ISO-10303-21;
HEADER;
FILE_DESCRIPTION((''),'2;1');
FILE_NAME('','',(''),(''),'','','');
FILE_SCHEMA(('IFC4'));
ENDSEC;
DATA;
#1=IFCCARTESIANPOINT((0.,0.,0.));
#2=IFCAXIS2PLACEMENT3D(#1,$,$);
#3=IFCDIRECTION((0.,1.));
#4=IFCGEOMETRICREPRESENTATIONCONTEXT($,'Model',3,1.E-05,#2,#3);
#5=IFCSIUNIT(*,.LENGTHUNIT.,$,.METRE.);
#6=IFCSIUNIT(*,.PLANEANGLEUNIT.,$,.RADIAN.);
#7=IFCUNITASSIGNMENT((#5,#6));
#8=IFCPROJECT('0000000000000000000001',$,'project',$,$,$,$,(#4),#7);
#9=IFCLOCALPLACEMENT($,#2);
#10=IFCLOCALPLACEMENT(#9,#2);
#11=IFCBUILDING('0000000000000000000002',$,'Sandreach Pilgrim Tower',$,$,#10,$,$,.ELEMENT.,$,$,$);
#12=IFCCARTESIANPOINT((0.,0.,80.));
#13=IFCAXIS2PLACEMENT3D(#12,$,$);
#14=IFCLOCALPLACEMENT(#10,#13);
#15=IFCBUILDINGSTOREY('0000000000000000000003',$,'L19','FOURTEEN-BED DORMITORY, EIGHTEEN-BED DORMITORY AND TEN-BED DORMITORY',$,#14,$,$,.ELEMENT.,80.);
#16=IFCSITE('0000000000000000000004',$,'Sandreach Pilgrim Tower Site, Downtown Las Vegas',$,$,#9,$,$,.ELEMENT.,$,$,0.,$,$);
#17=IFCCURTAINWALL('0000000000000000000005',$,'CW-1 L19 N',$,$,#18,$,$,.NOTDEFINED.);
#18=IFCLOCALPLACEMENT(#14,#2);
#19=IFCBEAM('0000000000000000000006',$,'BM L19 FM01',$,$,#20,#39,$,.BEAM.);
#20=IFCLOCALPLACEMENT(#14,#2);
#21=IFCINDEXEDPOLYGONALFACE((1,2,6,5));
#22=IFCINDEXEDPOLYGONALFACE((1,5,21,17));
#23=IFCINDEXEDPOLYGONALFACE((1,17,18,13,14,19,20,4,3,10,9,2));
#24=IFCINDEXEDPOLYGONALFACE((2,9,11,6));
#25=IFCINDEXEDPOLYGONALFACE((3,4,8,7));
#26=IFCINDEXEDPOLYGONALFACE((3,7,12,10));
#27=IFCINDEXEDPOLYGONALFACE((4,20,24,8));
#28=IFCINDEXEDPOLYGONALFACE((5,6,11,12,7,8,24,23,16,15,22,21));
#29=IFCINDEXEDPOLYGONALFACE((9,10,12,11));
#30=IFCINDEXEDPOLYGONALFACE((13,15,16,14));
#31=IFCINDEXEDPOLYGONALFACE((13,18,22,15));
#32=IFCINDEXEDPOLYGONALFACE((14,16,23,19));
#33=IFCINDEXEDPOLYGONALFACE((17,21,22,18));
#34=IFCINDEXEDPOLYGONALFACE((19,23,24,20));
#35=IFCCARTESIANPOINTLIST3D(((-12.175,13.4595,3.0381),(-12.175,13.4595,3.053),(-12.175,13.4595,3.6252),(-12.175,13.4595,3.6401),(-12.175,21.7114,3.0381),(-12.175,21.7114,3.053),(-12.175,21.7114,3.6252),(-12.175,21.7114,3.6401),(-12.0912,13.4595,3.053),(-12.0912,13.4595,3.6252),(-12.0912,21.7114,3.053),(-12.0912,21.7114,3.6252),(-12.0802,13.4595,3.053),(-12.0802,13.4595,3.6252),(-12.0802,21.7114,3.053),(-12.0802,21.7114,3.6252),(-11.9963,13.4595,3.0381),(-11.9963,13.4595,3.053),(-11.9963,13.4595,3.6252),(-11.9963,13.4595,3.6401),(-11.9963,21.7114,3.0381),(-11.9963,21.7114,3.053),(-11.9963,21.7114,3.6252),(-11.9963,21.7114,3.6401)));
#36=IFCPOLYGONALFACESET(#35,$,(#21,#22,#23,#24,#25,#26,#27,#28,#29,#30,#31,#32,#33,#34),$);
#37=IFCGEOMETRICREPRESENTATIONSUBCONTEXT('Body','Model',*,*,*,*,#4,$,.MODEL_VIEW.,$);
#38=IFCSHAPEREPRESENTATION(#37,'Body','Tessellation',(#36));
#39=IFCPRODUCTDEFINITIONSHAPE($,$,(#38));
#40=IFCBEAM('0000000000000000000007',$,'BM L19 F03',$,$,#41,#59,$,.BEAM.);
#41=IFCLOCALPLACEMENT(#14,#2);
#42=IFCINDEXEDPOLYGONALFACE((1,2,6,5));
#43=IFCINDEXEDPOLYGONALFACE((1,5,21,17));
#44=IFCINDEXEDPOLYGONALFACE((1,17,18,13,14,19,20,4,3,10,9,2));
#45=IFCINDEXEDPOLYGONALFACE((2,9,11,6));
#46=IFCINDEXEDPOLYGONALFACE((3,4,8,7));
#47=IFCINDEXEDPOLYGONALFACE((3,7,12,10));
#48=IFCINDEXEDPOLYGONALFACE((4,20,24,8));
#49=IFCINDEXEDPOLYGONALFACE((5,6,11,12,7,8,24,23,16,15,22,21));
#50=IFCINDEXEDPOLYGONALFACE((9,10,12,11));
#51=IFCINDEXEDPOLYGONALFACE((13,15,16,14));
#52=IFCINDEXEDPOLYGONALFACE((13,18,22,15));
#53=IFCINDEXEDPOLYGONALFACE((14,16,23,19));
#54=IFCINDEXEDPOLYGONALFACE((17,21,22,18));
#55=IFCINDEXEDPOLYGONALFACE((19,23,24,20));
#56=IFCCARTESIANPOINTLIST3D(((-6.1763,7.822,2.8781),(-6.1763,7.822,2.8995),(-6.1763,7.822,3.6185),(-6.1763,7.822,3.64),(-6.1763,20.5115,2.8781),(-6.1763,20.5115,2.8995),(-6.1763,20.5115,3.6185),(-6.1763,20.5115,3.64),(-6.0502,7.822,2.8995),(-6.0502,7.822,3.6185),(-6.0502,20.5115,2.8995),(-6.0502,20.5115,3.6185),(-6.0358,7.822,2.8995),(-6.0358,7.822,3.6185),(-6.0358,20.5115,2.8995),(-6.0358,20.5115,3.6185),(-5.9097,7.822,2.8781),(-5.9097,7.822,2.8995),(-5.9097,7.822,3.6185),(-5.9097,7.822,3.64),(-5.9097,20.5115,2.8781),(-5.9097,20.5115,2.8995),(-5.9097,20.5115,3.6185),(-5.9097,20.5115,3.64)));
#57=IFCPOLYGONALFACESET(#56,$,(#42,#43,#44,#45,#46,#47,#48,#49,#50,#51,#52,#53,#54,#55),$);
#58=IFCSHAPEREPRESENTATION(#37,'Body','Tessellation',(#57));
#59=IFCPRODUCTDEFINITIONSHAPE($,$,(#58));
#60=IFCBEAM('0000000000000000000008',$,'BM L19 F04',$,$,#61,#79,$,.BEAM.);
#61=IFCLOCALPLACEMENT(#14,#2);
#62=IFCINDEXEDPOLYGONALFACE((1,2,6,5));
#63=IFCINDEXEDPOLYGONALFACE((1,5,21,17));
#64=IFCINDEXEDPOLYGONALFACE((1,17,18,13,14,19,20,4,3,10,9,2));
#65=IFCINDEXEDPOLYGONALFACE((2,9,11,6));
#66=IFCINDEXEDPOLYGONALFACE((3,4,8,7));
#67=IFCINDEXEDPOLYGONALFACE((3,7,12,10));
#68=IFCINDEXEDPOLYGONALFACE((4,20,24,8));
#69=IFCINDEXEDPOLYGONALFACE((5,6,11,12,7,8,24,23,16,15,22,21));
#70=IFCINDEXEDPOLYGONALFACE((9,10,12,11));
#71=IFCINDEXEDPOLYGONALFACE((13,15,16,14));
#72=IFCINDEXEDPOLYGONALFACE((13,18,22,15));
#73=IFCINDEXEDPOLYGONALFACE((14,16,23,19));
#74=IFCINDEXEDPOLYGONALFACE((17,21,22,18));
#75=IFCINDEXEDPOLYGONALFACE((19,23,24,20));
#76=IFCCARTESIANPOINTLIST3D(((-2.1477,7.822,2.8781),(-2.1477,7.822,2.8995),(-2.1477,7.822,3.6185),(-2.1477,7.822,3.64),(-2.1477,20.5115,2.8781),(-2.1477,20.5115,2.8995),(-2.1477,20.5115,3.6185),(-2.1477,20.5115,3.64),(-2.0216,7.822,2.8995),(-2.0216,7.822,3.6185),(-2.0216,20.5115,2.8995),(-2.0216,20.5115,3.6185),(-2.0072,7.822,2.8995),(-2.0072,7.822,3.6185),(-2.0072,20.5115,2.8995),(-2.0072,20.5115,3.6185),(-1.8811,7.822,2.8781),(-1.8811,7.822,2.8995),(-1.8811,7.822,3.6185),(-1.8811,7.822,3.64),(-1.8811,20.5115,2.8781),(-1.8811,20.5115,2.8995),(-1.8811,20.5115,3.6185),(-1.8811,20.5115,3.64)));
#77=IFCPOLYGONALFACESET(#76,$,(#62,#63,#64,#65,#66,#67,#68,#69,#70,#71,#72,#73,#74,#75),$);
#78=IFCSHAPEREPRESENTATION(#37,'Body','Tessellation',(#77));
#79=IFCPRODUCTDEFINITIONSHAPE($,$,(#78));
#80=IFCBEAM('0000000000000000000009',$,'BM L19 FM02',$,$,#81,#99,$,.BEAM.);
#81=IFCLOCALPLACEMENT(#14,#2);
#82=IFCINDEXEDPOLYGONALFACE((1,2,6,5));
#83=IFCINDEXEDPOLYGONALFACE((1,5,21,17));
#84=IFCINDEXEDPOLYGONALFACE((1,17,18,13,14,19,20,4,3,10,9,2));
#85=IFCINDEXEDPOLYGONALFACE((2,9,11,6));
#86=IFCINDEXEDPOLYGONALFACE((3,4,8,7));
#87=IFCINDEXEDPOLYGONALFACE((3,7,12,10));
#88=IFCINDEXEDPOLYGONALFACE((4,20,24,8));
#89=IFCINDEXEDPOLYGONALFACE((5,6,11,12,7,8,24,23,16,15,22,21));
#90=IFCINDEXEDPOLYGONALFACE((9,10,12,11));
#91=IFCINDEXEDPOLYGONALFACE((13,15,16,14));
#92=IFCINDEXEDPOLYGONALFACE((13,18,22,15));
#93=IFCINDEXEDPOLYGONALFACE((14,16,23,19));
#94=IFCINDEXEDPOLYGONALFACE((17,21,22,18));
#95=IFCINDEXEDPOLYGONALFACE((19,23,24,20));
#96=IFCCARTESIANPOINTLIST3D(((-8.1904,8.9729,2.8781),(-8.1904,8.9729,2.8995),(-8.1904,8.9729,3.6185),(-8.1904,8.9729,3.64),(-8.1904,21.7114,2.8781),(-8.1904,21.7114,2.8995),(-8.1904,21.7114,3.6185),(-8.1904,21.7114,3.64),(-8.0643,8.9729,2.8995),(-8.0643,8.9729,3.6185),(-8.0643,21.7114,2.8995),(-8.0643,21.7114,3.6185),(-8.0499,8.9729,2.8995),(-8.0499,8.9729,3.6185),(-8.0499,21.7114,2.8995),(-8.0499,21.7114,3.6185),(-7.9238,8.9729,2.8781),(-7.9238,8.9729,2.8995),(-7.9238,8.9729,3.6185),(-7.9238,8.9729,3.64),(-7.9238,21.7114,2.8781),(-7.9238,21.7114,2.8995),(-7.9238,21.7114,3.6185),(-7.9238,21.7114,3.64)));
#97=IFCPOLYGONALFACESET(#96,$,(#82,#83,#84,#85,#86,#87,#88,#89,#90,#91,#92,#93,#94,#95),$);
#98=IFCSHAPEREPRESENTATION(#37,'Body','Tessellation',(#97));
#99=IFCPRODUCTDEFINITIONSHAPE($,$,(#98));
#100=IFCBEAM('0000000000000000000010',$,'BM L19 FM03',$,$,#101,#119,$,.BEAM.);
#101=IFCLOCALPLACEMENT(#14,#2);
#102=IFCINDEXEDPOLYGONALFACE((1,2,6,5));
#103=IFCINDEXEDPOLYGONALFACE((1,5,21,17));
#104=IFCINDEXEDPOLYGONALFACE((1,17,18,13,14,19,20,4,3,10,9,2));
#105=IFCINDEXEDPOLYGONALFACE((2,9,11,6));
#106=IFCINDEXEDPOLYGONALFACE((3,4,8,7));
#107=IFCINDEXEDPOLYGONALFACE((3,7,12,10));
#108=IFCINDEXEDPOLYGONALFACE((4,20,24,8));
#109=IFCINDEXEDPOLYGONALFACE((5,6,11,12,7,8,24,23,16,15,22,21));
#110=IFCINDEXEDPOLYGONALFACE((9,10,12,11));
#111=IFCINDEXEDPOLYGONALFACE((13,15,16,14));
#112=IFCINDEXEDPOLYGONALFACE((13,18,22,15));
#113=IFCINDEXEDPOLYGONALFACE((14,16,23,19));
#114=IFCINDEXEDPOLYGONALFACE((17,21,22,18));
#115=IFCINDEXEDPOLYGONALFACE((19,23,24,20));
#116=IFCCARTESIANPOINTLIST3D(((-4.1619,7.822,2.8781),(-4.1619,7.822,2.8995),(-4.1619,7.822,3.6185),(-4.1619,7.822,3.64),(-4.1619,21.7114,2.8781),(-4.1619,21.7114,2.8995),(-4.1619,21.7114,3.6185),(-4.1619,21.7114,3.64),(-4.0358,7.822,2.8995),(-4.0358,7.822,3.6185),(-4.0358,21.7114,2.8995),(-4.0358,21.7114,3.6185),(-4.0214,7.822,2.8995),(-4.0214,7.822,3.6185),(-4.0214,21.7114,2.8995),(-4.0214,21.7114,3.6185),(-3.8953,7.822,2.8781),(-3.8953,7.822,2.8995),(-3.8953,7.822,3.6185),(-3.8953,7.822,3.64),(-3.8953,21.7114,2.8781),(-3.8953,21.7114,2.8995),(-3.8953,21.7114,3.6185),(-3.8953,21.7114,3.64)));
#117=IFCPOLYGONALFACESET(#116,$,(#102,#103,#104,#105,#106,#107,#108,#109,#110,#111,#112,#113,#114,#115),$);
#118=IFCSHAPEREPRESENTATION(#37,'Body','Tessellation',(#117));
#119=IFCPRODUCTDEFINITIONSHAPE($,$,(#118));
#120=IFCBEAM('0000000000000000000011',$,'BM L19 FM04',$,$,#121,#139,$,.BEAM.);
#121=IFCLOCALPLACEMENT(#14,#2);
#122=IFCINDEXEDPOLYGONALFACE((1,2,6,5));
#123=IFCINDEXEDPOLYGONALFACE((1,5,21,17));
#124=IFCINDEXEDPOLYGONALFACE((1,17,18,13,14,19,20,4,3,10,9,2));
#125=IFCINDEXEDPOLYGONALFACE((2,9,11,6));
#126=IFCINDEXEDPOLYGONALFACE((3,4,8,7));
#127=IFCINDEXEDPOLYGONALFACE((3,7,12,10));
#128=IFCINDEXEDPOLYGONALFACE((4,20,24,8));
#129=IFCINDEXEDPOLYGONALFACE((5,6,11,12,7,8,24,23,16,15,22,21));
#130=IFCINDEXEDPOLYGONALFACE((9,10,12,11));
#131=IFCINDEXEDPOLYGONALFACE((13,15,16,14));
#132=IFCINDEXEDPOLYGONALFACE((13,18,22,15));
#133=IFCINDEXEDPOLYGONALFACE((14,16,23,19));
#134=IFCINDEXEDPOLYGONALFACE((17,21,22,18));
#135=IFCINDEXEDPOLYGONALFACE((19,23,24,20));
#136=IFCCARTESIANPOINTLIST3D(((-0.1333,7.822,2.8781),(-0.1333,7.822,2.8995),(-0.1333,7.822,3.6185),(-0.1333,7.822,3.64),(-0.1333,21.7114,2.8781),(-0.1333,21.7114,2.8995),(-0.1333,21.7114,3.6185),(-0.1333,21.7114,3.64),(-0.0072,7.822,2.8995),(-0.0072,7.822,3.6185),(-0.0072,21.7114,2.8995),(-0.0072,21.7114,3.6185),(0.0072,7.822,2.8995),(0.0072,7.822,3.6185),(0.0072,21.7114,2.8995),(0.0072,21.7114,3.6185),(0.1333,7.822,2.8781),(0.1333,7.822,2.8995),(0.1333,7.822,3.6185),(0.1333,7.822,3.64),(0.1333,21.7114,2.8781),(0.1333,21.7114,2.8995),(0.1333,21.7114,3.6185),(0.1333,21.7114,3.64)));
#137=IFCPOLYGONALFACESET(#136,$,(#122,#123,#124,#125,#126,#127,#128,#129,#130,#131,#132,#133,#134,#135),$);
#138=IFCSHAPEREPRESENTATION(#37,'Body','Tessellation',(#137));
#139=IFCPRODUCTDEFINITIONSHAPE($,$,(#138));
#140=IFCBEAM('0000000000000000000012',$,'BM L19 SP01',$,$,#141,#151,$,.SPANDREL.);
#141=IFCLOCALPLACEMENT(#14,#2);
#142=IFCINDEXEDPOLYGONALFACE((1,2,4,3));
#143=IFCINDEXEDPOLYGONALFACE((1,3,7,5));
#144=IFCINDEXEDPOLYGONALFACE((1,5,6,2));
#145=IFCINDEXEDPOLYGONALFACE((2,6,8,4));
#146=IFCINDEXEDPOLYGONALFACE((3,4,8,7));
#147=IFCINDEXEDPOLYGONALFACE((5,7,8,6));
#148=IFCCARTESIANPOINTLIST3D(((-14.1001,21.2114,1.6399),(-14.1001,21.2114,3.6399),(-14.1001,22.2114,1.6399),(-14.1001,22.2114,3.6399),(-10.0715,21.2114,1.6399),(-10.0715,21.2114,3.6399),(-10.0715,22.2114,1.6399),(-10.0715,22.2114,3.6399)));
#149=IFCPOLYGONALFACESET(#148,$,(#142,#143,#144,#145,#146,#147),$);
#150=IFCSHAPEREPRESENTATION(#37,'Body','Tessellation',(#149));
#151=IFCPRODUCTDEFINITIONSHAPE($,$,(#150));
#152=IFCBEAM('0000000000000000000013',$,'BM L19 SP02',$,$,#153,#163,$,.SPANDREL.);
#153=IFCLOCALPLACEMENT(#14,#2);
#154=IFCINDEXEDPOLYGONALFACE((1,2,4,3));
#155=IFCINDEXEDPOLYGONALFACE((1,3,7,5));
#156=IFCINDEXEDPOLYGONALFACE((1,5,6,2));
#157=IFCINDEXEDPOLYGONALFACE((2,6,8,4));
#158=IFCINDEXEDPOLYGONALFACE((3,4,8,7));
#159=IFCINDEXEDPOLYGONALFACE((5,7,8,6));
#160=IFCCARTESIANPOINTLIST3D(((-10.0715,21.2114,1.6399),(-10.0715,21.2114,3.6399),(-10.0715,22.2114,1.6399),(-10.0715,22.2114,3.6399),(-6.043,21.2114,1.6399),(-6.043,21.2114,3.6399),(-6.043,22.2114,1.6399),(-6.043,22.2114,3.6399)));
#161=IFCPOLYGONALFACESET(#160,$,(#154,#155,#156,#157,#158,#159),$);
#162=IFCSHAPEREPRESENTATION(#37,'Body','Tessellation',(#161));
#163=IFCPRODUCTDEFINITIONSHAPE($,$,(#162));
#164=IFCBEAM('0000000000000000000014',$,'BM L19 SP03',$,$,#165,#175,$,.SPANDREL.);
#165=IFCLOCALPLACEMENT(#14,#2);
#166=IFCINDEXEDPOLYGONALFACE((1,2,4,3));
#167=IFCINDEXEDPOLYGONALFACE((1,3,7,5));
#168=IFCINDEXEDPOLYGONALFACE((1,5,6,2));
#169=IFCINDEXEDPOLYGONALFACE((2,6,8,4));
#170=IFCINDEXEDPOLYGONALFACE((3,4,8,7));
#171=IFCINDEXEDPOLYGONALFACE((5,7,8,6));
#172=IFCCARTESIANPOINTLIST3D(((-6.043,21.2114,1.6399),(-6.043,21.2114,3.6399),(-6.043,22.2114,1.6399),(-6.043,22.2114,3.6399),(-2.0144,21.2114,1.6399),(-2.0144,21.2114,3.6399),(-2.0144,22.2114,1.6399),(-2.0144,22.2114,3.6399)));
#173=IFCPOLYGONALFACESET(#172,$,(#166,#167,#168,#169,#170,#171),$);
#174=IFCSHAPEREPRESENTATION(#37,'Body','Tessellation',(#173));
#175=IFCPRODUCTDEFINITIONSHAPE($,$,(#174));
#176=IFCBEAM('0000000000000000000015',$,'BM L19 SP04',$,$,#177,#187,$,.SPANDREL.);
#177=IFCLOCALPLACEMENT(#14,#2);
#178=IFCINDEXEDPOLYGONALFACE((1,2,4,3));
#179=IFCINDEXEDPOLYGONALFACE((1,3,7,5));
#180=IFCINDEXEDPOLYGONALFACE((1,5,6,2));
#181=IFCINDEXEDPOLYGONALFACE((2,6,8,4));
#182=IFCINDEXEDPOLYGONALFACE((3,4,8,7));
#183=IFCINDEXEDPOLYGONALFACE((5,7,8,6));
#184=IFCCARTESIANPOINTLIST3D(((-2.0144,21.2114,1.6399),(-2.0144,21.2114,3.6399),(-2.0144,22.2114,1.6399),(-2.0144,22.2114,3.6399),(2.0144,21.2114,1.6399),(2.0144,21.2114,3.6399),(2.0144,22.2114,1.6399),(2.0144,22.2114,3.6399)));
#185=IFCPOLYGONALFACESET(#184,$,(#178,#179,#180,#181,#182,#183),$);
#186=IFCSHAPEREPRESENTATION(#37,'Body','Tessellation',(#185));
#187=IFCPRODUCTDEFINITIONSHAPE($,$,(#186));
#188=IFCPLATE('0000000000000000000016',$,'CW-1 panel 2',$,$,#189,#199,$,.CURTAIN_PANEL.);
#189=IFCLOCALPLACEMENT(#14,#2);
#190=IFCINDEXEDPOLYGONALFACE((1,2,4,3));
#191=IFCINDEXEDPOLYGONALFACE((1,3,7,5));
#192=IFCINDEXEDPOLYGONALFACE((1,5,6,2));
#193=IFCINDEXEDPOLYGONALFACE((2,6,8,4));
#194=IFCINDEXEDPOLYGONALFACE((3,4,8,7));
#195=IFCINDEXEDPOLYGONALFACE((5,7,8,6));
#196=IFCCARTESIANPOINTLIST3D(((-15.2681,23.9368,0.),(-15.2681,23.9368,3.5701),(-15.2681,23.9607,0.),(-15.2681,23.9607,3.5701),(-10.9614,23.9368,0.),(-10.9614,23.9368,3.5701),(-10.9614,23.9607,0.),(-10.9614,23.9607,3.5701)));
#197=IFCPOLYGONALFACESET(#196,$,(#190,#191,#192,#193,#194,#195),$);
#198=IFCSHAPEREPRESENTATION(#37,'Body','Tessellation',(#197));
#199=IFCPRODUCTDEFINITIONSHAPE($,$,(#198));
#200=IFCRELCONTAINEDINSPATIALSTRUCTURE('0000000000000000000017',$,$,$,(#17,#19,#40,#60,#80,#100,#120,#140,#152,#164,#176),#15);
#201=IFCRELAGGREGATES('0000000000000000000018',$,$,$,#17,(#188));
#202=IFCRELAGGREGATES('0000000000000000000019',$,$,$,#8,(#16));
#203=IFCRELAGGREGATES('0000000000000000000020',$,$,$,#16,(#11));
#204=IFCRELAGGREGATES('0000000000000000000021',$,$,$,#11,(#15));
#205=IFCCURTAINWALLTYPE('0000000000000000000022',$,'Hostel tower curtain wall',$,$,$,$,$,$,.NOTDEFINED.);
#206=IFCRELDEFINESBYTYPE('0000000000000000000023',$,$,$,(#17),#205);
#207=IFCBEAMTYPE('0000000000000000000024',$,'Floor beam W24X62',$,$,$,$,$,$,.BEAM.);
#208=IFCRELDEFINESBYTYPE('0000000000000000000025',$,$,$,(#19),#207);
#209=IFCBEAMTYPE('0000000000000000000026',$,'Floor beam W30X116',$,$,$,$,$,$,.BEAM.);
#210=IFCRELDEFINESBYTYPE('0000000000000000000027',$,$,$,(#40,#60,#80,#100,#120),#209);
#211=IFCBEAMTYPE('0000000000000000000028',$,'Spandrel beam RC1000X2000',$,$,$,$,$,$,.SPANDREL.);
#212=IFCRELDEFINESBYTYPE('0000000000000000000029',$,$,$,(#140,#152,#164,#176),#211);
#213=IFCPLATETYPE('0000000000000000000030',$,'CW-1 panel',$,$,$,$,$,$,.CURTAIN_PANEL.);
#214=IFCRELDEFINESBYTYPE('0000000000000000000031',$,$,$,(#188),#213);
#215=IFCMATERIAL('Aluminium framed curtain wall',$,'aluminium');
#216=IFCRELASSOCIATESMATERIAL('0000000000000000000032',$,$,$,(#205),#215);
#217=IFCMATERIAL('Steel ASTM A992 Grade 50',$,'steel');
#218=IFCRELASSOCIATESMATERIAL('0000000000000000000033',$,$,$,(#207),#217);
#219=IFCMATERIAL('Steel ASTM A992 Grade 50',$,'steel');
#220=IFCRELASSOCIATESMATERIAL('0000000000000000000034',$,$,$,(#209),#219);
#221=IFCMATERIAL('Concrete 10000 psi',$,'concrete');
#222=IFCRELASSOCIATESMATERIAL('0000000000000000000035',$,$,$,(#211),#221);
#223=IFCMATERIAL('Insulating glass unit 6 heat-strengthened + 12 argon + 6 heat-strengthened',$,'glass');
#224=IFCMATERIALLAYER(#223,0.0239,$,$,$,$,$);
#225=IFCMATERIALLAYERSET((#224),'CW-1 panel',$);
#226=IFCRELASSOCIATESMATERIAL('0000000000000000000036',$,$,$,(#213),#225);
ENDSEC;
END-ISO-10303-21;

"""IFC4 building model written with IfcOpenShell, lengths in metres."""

from ifc_helpers import new_model, si_unit, direction, frame, origin, origin_2d, place, context, subcontext, project, spatial, rectangle, i_section, extrude, material, layer, layer_set, material_profile, profile_set, type_object, element, aggregate, save


model = new_model("IFC4")

# Units and contexts
model_context = context("Model", 3, precision=1e-05, world=origin(), true_north=direction((0.0, 1.0)))
body_context = subcontext(model_context, "Body", "Model", "MODEL_VIEW")
ifc_project = project(units=[si_unit("LENGTHUNIT", "METRE"), si_unit("PLANEANGLEUNIT", "RADIAN")], contexts=[model_context])

# Site, building, storey
site_placement = place(None, origin())
site = spatial("IfcSite", under=ifc_project, at=site_placement, Name="Sandreach Pilgrim Tower Site, Downtown Las Vegas", CompositionType="ELEMENT", RefElevation=0.0)
building_placement = place(site_placement, origin())
building = spatial("IfcBuilding", under=site, at=building_placement, Name="Sandreach Pilgrim Tower", CompositionType="ELEMENT")
storey_placement = place(building_placement, frame((0.0, 0.0, 80.0)))
storey = spatial("IfcBuildingStorey", under=building, at=storey_placement, Name="L19", Description="FOURTEEN-BED DORMITORY, EIGHTEEN-BED DORMITORY AND TEN-BED DORMITORY", CompositionType="ELEMENT", Elevation=80.0)

# Curtain wall
ifc_material_1 = material(Name="Aluminium framed curtain wall", Category="aluminium")
curtain_wall_type = type_object("IfcCurtainWallType", Name="Hostel tower curtain wall", PredefinedType="NOTDEFINED", material=ifc_material_1)
curtain_wall_placement = place(storey_placement, origin())
curtain_wall = element("IfcCurtainWall", 1, at=curtain_wall_placement, inside=storey, type_object=curtain_wall_type, Name="CW-1 L19 N", PredefinedType="NOTDEFINED")

# Beams
ifc_material_2 = material(Name="Steel ASTM A992 Grade 50", Category="steel")
ifc_material_profile_1 = material_profile(ifc_material_2, i_section(OverallWidth=0.1787, OverallDepth=0.6021, WebThickness=0.011, FlangeThickness=0.0149, at=origin_2d()), Name="W24X62")
ifc_profile_set_1 = profile_set([ifc_material_profile_1], Name="Steel ASTM A992 Grade 50")
beam_type_1 = type_object("IfcBeamType", Name="Floor beam W24X62", PredefinedType="BEAM", material=ifc_profile_set_1)
beam_1_placement = place(storey_placement, frame((-12.0857, 21.7114, 3.3391), z_axis=(0.0, -1.0, 0.0), x_axis=(1.0, 0.0, 0.0)))
element("IfcBeam", 2, at=beam_1_placement, inside=storey, type_object=beam_type_1, Name="BM L19 FM01", PredefinedType="BEAM", context=body_context, shape_type="SweptSolid", body=[
    extrude(i_section(OverallWidth=0.1787, OverallDepth=0.6021, WebThickness=0.011, FlangeThickness=0.0149, at=origin_2d()), origin(), (0.0, 0.0, 1.0), 8.252),
])
ifc_material_3 = material(Name="Steel ASTM A992 Grade 50", Category="steel")
ifc_material_profile_2 = material_profile(ifc_material_3, i_section(OverallWidth=0.2666, OverallDepth=0.762, WebThickness=0.0144, FlangeThickness=0.0215, at=origin_2d()), Name="W30X116")
ifc_profile_set_2 = profile_set([ifc_material_profile_2], Name="Steel ASTM A992 Grade 50")
beam_type_2 = type_object("IfcBeamType", Name="Floor beam W30X116", PredefinedType="BEAM", material=ifc_profile_set_2)
for number, where, z_axis, x_axis, name in (
    (3, (-6.043, 20.5115, 3.259), (0.0, -1.0, 0.0), (1.0, 0.0, 0.0), "BM L19 F03"),
    (4, (-2.0144, 20.5115, 3.259), (0.0, -1.0, 0.0), (1.0, 0.0, 0.0), "BM L19 F04"),
):
    element("IfcBeam", number, at=place(storey_placement, frame(where, z_axis=z_axis, x_axis=x_axis)), inside=storey, type_object=beam_type_2, Name=name, PredefinedType="BEAM", context=body_context, shape_type="SweptSolid", body=[
        extrude(i_section(OverallWidth=0.2666, OverallDepth=0.762, WebThickness=0.0144, FlangeThickness=0.0215, at=origin_2d()), origin(), (0.0, 0.0, 1.0), 12.6895),
    ])
beam_2_placement = place(storey_placement, frame((-8.0571, 21.7114, 3.259), z_axis=(0.0, -1.0, 0.0), x_axis=(1.0, 0.0, 0.0)))
element("IfcBeam", 5, at=beam_2_placement, inside=storey, type_object=beam_type_2, Name="BM L19 FM02", PredefinedType="BEAM", context=body_context, shape_type="SweptSolid", body=[
    extrude(i_section(OverallWidth=0.2666, OverallDepth=0.762, WebThickness=0.0144, FlangeThickness=0.0215, at=origin_2d()), origin(), (0.0, 0.0, 1.0), 12.7385),
])
for number, where, z_axis, x_axis, name in (
    (6, (-4.0286, 21.7114, 3.259), (0.0, -1.0, 0.0), (1.0, 0.0, 0.0), "BM L19 FM03"),
    (7, (0.0, 21.7114, 3.259), (0.0, -1.0, 0.0), (1.0, 0.0, 0.0), "BM L19 FM04"),
):
    element("IfcBeam", number, at=place(storey_placement, frame(where, z_axis=z_axis, x_axis=x_axis)), inside=storey, type_object=beam_type_2, Name=name, PredefinedType="BEAM", context=body_context, shape_type="SweptSolid", body=[
        extrude(i_section(OverallWidth=0.2666, OverallDepth=0.762, WebThickness=0.0144, FlangeThickness=0.0215, at=origin_2d()), origin(), (0.0, 0.0, 1.0), 13.8894),
    ])
ifc_material_4 = material(Name="Concrete 10000 psi", Category="concrete")
ifc_material_profile_3 = material_profile(ifc_material_4, rectangle(XDim=1.0, YDim=2.0, at=origin_2d()), Name="RC1000X2000")
ifc_profile_set_3 = profile_set([ifc_material_profile_3], Name="Concrete 10000 psi")
beam_type_3 = type_object("IfcBeamType", Name="Spandrel beam RC1000X2000", PredefinedType="SPANDREL", material=ifc_profile_set_3)
for number, where, z_axis, x_axis, name in (
    (8, (-14.1001, 21.7114, 2.6399), (1.0, 0.0, 0.0), (0.0, 1.0, 0.0), "BM L19 SP01"),
    (9, (-10.0715, 21.7114, 2.6399), (1.0, 0.0, 0.0), (0.0, 1.0, 0.0), "BM L19 SP02"),
    (10, (-6.043, 21.7114, 2.6399), (1.0, 0.0, 0.0), (0.0, 1.0, 0.0), "BM L19 SP03"),
):
    element("IfcBeam", number, at=place(storey_placement, frame(where, z_axis=z_axis, x_axis=x_axis)), inside=storey, type_object=beam_type_3, Name=name, PredefinedType="SPANDREL", context=body_context, shape_type="SweptSolid", body=[
        extrude(rectangle(XDim=1.0, YDim=2.0, at=origin_2d()), origin(), (0.0, 0.0, 1.0), 4.0286),
    ])
beam_3_placement = place(storey_placement, frame((-2.0144, 21.7114, 2.6399), z_axis=(1.0, 0.0, 0.0), x_axis=(0.0, 1.0, 0.0)))
element("IfcBeam", 11, at=beam_3_placement, inside=storey, type_object=beam_type_3, Name="BM L19 SP04", PredefinedType="SPANDREL", context=body_context, shape_type="SweptSolid", body=[
    extrude(rectangle(XDim=1.0, YDim=2.0, at=origin_2d()), origin(), (0.0, 0.0, 1.0), 4.0288),
])

# Plate
ifc_material_5 = material(Name="Insulating glass unit 6 heat-strengthened + 12 argon + 6 heat-strengthened", Category="glass")
ifc_layer_1 = layer(ifc_material_5, 0.0239)
ifc_layer_set_1 = layer_set([ifc_layer_1], Name="CW-1 panel")
plate_type = type_object("IfcPlateType", Name="CW-1 panel", PredefinedType="CURTAIN_PANEL", material=ifc_layer_set_1)
plate_1_placement = place(storey_placement, frame((-13.1147, 23.9487, 0.0), z_axis=(0.0, 0.0, 1.0), x_axis=(1.0, 0.0, 0.0)))
plate_1 = element("IfcPlate", 12, at=plate_1_placement, type_object=plate_type, Name="CW-1 panel 2", PredefinedType="CURTAIN_PANEL", context=body_context, shape_type="SweptSolid", body=[
    extrude(rectangle(XDim=4.3066, YDim=0.0239, at=origin_2d()), origin(), (0.0, 0.0, 1.0), 3.5701),
])
aggregate(curtain_wall, [plate_1])

save(model, "model.ifc")
